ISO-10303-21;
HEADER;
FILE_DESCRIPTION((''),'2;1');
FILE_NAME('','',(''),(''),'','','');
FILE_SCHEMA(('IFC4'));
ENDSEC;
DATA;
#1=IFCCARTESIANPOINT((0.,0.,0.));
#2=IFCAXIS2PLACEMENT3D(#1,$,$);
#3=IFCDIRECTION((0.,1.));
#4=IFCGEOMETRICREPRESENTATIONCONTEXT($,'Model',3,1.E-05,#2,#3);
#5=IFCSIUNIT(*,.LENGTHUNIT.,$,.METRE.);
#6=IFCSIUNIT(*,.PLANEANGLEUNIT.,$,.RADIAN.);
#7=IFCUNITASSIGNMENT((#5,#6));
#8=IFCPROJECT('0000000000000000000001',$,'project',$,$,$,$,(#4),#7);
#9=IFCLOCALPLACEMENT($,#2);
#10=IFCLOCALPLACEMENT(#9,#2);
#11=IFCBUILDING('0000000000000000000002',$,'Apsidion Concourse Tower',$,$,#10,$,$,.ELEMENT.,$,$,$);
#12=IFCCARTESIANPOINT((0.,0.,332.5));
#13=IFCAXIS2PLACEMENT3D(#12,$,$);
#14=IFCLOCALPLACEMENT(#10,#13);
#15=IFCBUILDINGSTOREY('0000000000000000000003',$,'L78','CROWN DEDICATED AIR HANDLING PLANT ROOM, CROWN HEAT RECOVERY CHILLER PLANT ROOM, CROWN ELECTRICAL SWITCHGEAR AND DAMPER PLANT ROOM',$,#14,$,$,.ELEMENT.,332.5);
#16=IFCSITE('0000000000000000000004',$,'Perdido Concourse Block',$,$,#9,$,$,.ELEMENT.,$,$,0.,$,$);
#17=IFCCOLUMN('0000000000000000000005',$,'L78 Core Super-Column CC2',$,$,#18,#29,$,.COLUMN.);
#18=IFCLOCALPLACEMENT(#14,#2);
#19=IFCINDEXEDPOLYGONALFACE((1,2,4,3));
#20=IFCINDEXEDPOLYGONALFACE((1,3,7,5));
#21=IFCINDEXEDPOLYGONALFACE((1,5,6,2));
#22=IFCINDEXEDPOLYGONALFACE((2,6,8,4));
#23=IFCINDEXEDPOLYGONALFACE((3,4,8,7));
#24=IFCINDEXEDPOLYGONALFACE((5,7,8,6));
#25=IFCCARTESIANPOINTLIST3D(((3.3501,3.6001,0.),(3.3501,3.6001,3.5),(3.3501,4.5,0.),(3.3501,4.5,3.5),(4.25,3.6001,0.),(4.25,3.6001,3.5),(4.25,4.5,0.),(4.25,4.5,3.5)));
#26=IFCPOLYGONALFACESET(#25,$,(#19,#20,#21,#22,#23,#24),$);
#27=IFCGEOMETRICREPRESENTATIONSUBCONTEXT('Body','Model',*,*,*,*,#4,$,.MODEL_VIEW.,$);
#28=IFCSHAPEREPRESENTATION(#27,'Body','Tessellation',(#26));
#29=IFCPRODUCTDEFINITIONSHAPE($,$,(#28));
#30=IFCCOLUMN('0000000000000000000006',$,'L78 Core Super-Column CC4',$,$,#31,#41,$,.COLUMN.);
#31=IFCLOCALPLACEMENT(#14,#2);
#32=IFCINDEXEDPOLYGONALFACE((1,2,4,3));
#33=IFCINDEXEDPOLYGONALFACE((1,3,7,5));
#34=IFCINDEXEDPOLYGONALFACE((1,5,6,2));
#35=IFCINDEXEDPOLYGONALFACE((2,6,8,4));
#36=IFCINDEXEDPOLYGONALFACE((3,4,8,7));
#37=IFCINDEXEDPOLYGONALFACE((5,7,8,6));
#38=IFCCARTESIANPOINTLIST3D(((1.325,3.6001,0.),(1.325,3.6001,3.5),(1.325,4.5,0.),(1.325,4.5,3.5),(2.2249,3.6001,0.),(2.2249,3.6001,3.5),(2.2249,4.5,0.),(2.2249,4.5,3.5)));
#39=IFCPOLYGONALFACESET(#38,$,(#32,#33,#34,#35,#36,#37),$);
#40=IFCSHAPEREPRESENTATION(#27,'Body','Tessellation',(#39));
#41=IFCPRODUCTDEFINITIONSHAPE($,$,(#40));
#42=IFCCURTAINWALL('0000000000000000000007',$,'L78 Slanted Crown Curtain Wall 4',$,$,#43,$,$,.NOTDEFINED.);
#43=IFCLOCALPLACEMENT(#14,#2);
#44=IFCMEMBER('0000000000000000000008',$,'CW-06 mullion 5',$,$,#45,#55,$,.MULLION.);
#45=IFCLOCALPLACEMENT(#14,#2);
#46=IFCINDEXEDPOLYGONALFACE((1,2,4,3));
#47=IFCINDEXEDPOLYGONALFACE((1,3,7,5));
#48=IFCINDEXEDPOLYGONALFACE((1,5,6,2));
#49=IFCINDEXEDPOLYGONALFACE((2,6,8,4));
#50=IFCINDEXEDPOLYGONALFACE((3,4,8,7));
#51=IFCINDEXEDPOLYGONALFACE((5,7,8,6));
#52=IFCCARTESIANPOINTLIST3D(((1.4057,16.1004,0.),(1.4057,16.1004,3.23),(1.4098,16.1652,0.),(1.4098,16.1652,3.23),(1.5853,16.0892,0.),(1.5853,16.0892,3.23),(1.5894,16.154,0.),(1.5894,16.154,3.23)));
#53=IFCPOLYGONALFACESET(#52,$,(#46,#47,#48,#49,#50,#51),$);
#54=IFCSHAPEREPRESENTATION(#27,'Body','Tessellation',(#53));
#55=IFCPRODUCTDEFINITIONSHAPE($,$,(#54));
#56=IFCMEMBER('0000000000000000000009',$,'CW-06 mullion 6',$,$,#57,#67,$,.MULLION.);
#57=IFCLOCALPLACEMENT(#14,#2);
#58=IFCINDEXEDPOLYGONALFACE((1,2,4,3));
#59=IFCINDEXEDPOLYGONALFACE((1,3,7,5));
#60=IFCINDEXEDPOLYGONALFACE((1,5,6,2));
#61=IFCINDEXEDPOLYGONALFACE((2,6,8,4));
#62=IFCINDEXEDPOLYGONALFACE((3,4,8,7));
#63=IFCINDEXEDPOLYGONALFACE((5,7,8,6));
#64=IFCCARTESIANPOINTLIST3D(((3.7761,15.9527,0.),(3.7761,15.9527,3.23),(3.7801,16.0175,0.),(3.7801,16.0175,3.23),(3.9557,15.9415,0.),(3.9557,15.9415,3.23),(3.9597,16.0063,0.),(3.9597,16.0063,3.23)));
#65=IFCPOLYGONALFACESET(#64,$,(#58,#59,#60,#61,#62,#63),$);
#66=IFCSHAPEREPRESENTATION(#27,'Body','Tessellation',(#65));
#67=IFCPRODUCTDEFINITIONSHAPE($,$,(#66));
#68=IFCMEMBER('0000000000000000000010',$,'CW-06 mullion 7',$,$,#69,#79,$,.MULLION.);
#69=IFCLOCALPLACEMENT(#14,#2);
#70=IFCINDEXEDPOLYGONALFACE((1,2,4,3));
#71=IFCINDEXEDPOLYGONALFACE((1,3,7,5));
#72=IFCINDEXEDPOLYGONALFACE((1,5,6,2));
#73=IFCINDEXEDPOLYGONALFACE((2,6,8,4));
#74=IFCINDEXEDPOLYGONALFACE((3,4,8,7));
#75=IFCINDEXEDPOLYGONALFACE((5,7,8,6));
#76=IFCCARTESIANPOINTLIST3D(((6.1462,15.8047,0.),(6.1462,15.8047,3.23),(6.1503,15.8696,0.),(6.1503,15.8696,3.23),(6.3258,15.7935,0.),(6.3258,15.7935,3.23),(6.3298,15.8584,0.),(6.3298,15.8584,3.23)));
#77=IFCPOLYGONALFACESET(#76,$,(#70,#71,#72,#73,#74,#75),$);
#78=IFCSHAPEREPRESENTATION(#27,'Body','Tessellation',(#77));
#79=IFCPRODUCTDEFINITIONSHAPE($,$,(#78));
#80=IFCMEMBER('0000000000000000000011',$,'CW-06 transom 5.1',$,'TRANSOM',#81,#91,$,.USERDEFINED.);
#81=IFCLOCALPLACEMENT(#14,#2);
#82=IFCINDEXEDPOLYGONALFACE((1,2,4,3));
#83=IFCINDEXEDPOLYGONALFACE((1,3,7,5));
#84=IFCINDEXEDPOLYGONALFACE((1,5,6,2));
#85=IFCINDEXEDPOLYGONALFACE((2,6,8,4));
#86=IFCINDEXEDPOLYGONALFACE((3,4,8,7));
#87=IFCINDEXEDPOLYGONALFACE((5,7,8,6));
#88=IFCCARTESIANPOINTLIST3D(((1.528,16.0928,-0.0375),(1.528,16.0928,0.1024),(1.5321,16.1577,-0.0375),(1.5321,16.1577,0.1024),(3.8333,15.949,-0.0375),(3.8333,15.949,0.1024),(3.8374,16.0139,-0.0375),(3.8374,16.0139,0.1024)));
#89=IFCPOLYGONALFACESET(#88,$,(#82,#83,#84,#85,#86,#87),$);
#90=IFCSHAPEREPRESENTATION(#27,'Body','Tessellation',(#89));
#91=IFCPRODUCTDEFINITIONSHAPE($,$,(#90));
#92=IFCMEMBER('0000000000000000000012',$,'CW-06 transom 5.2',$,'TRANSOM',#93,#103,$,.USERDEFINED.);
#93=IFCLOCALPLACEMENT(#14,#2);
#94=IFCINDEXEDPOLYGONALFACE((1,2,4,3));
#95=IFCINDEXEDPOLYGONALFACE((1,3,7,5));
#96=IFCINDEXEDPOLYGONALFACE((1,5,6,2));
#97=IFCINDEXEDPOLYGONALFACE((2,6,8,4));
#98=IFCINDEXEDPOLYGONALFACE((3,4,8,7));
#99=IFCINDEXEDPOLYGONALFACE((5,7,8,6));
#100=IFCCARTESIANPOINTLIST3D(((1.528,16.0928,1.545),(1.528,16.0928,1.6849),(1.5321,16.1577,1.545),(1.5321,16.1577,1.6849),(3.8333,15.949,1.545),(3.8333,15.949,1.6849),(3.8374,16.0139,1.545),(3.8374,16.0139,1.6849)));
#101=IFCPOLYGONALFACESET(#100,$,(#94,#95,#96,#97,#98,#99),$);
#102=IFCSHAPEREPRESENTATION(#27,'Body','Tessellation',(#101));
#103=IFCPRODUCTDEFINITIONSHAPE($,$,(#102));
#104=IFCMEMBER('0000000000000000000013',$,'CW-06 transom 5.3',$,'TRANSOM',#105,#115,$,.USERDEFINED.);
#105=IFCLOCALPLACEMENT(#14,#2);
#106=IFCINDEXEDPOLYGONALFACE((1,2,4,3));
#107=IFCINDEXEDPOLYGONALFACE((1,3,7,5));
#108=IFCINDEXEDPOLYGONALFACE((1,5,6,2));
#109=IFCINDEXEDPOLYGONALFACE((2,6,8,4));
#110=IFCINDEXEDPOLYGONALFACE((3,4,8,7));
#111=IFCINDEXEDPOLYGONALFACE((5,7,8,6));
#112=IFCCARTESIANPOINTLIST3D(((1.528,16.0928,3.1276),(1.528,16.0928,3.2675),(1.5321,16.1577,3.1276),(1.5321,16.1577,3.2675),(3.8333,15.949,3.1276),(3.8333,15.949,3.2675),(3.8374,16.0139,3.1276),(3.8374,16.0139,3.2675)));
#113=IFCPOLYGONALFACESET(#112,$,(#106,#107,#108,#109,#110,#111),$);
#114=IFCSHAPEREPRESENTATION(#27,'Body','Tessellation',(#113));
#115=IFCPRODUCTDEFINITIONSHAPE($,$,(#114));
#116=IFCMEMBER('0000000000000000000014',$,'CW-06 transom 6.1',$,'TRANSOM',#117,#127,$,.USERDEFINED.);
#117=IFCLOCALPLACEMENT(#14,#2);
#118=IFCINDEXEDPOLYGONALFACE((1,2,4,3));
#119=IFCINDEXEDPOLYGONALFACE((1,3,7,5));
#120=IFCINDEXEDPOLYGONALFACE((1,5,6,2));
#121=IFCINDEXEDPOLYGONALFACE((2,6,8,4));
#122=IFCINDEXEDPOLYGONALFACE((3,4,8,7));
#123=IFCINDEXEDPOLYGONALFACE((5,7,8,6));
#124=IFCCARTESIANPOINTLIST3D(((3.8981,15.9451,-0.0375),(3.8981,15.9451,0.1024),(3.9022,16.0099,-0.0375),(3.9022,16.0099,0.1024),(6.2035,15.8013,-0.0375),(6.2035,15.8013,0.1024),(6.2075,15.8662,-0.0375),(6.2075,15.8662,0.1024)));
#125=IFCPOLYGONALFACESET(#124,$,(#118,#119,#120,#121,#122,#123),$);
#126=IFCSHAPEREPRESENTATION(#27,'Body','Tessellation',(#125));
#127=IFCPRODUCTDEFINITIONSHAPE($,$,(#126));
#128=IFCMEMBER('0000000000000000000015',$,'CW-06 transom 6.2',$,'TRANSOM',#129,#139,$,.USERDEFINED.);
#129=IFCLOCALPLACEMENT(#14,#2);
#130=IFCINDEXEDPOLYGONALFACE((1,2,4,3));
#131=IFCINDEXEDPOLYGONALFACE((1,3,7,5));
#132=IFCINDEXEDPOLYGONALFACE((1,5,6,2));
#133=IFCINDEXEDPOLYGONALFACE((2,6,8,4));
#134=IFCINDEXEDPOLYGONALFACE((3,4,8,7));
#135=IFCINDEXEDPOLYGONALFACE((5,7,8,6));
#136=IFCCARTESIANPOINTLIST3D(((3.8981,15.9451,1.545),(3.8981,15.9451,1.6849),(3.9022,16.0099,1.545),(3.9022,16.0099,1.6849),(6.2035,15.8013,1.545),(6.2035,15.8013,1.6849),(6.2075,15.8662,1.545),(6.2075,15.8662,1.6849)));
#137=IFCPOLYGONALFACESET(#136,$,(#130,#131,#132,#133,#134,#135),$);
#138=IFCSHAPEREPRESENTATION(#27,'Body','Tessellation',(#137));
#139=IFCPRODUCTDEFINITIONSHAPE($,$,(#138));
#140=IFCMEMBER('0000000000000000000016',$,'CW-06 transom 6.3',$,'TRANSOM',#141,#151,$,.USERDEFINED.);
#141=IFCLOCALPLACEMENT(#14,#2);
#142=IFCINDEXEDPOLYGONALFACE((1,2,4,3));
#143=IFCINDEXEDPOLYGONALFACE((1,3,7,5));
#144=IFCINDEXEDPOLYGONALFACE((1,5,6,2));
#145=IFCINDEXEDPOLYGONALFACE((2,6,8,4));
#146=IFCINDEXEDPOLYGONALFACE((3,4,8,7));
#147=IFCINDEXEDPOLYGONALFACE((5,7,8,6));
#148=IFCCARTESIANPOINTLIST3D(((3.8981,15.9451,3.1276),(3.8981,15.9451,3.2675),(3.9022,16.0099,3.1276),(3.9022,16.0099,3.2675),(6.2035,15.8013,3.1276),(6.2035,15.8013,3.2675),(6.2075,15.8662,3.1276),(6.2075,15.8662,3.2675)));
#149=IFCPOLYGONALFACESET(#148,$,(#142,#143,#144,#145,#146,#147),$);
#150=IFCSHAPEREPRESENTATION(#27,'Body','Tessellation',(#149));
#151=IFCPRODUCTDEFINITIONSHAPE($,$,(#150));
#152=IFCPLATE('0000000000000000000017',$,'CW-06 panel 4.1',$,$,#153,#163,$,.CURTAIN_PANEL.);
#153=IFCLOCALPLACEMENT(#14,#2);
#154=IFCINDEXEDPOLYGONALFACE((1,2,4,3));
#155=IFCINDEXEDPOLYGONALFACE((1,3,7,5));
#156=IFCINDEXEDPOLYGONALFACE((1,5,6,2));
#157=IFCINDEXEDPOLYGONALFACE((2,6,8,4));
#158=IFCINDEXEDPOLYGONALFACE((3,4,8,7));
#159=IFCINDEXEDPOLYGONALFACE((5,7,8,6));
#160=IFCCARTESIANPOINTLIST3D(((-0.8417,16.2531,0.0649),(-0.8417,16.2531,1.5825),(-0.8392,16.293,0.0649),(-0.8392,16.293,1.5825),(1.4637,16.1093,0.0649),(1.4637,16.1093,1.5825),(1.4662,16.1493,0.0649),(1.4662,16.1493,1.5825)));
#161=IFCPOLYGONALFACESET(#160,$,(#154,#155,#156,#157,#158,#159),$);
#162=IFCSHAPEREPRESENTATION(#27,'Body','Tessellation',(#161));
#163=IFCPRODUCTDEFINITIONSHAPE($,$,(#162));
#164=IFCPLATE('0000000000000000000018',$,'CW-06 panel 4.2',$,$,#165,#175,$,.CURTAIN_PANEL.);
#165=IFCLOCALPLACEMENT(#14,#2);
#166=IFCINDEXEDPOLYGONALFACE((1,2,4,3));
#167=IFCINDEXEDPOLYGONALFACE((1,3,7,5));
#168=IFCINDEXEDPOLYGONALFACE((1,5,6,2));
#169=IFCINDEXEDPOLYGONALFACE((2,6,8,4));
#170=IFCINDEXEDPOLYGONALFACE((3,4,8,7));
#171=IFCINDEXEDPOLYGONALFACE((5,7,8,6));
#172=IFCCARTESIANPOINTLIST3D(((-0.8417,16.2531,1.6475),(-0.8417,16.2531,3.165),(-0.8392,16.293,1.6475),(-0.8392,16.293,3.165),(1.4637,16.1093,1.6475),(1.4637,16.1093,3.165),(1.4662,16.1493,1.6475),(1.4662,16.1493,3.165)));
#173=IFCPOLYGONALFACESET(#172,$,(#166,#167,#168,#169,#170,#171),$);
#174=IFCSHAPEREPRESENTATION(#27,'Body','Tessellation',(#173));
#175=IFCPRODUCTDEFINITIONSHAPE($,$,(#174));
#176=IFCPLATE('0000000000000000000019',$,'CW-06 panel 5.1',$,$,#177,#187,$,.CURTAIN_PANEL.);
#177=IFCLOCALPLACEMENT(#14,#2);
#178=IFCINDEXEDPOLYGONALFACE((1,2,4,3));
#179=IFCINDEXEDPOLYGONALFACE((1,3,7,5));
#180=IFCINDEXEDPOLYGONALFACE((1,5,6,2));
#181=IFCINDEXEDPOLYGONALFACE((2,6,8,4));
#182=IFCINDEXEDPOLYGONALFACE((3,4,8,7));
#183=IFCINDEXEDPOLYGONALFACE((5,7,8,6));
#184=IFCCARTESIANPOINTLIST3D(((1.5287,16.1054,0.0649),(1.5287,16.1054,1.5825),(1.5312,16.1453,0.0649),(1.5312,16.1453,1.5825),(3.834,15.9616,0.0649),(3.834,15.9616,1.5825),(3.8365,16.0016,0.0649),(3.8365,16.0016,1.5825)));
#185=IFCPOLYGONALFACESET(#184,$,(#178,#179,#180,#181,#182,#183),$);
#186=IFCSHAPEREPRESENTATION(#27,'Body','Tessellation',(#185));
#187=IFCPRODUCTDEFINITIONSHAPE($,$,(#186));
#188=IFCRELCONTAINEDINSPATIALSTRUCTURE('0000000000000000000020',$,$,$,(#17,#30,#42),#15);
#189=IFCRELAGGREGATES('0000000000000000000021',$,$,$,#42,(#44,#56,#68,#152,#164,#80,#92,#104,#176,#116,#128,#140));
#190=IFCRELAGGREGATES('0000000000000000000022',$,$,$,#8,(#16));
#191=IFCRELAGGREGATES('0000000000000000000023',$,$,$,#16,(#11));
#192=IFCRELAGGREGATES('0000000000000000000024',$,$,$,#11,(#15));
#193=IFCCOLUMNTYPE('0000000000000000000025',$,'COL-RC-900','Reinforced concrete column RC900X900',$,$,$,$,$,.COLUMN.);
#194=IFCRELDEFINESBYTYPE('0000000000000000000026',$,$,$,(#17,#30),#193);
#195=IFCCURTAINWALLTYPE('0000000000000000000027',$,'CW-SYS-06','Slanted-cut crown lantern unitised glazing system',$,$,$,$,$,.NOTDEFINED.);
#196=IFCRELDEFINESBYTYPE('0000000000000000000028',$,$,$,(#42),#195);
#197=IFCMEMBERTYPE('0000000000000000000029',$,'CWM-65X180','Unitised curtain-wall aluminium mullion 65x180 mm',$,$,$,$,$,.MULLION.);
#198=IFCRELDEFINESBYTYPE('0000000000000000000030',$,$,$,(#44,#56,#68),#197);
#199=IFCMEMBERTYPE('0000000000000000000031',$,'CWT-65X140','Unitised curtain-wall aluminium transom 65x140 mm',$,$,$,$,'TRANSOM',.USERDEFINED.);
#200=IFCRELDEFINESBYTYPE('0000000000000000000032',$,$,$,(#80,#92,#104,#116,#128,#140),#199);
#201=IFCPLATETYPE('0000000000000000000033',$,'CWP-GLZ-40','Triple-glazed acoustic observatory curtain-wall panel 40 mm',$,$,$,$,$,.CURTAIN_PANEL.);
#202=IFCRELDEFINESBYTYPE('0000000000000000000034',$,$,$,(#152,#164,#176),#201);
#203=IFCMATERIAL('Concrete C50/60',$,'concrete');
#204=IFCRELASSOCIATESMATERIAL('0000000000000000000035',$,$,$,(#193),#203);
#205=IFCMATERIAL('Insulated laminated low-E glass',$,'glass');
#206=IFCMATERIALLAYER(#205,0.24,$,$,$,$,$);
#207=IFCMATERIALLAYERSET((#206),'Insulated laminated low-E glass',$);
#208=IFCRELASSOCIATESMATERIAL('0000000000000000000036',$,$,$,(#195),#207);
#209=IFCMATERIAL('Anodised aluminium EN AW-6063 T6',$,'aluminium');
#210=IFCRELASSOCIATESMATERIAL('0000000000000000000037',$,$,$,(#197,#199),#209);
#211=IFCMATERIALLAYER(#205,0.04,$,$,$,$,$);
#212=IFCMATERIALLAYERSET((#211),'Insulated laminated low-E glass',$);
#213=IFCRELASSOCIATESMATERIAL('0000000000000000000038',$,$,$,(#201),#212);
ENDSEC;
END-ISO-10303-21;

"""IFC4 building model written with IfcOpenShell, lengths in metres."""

from ifc_helpers import new_model, si_unit, direction, frame, origin, origin_2d, place, context, subcontext, project, spatial, rectangle, extrude, material, layer, layer_set, material_profile, profile_set, type_object, element, aggregate, save


model = new_model("IFC4")

# Units and contexts
model_context = context("Model", 3, precision=1e-05, world=origin(), true_north=direction((0.0, 1.0)))
body_context = subcontext(model_context, "Body", "Model", "MODEL_VIEW")
ifc_project = project(units=[si_unit("LENGTHUNIT", "METRE"), si_unit("PLANEANGLEUNIT", "RADIAN")], contexts=[model_context])

# Site, building, storey
site_placement = place(None, origin())
site = spatial("IfcSite", under=ifc_project, at=site_placement, Name="Perdido Concourse Block", CompositionType="ELEMENT", RefElevation=0.0)
building_placement = place(site_placement, origin())
building = spatial("IfcBuilding", under=site, at=building_placement, Name="Apsidion Concourse Tower", CompositionType="ELEMENT")
storey_placement = place(building_placement, frame((0.0, 0.0, 332.5)))
storey = spatial("IfcBuildingStorey", under=building, at=storey_placement, Name="L78", Description="CROWN DEDICATED AIR HANDLING PLANT ROOM, CROWN HEAT RECOVERY CHILLER PLANT ROOM, CROWN ELECTRICAL SWITCHGEAR AND DAMPER PLANT ROOM", CompositionType="ELEMENT", Elevation=332.5)

# Columns
ifc_material_1 = material(Name="Concrete C50/60", Category="concrete")
ifc_material_profile_1 = material_profile(ifc_material_1, rectangle(XDim=0.8999, YDim=0.8999, at=origin_2d()), Name="RC 900x900")
ifc_profile_set_1 = profile_set([ifc_material_profile_1], Name="Concrete C50/60")
column_type = type_object("IfcColumnType", Name="COL-RC-900", Description="Reinforced concrete column RC900X900", PredefinedType="COLUMN", material=ifc_profile_set_1)
for number, where, z_axis, x_axis, name in (
    (1, (3.8, 4.05, 0.0), (0.0, 0.0, 1.0), (1.0, 0.0, 0.0), "L78 Core Super-Column CC2"),
    (2, (1.7749, 4.05, 0.0), (0.0, 0.0, 1.0), (1.0, 0.0, 0.0), "L78 Core Super-Column CC4"),
):
    element("IfcColumn", number, at=place(storey_placement, frame(where, z_axis=z_axis, x_axis=x_axis)), inside=storey, type_object=column_type, Name=name, PredefinedType="COLUMN", context=body_context, shape_type="SweptSolid", body=[
        extrude(rectangle(XDim=0.8999, YDim=0.8999, at=origin_2d()), origin(), (0.0, 0.0, 1.0), 3.5),
    ])

# Curtain wall, members, plates
ifc_material_2 = material(Name="Insulated laminated low-E glass", Category="glass")
ifc_layer_1 = layer(ifc_material_2, 0.24)
ifc_layer_set_1 = layer_set([ifc_layer_1], Name="Insulated laminated low-E glass")
curtain_wall_type = type_object("IfcCurtainWallType", Name="CW-SYS-06", Description="Slanted-cut crown lantern unitised glazing system", PredefinedType="NOTDEFINED", material=ifc_layer_set_1)
curtain_wall_placement = place(storey_placement, origin())
curtain_wall = element("IfcCurtainWall", 3, at=curtain_wall_placement, inside=storey, type_object=curtain_wall_type, Name="L78 Slanted Crown Curtain Wall 4", PredefinedType="NOTDEFINED")
ifc_material_3 = material(Name="Anodised aluminium EN AW-6063 T6", Category="aluminium")
ifc_material_profile_2 = material_profile(ifc_material_3, rectangle(XDim=0.0649, YDim=0.1799, at=origin_2d()), Name="ALU MULLION 65x180")
ifc_profile_set_2 = profile_set([ifc_material_profile_2], Name="Anodised aluminium EN AW-6063 T6")
member_type_1 = type_object("IfcMemberType", Name="CWM-65X180", Description="Unitised curtain-wall aluminium mullion 65x180 mm", PredefinedType="MULLION", material=ifc_profile_set_2)
member_1_placement = place(storey_placement, frame((1.4976, 16.1272, 0.0), z_axis=(0.0, 0.0, 1.0), x_axis=(0.062245, 0.998061, 0.0)))
member_1 = element("IfcMember", 4, at=member_1_placement, type_object=member_type_1, Name="CW-06 mullion 5", PredefinedType="MULLION", context=body_context, shape_type="SweptSolid", body=[
    extrude(rectangle(XDim=0.0649, YDim=0.1799, at=origin_2d()), origin(), (0.0, 0.0, 1.0), 3.23),
])
member_2_placement = place(storey_placement, frame((3.8679, 15.9795, 0.0), z_axis=(0.0, 0.0, 1.0), x_axis=(0.062245, 0.998061, 0.0)))
member_2 = element("IfcMember", 5, at=member_2_placement, type_object=member_type_1, Name="CW-06 mullion 6", PredefinedType="MULLION", context=body_context, shape_type="SweptSolid", body=[
    extrude(rectangle(XDim=0.0649, YDim=0.1799, at=origin_2d()), origin(), (0.0, 0.0, 1.0), 3.23),
])
member_3_placement = place(storey_placement, frame((6.238, 15.8315, 0.0), z_axis=(0.0, 0.0, 1.0), x_axis=(0.062245, 0.998061, 0.0)))
member_3 = element("IfcMember", 6, at=member_3_placement, type_object=member_type_1, Name="CW-06 mullion 7", PredefinedType="MULLION", context=body_context, shape_type="SweptSolid", body=[
    extrude(rectangle(XDim=0.0649, YDim=0.1799, at=origin_2d()), origin(), (0.0, 0.0, 1.0), 3.23),
])
ifc_material_profile_3 = material_profile(ifc_material_3, rectangle(XDim=0.0649, YDim=0.1399, at=origin_2d()), Name="ALU TRANSOM 65x140")
ifc_profile_set_3 = profile_set([ifc_material_profile_3], Name="Anodised aluminium EN AW-6063 T6")
member_type_2 = type_object("IfcMemberType", Name="CWT-65X140", Description="Unitised curtain-wall aluminium transom 65x140 mm", ElementType="TRANSOM", PredefinedType="USERDEFINED", material=ifc_profile_set_3)
member_4_placement = place(storey_placement, frame((1.53, 16.1252, 0.0325), z_axis=(0.99806, -0.062253, 0.0), x_axis=(0.062253, 0.99806, 0.0)))
member_4 = element("IfcMember", 7, at=member_4_placement, type_object=member_type_2, Name="CW-06 transom 5.1", ObjectType="TRANSOM", PredefinedType="USERDEFINED", context=body_context, shape_type="SweptSolid", body=[
    extrude(rectangle(XDim=0.0649, YDim=0.1399, at=origin_2d()), origin(), (0.0, 0.0, 1.0), 2.3098),
])
member_5_placement = place(storey_placement, frame((1.53, 16.1252, 1.615), z_axis=(0.99806, -0.062253, 0.0), x_axis=(0.062253, 0.99806, 0.0)))
member_5 = element("IfcMember", 8, at=member_5_placement, type_object=member_type_2, Name="CW-06 transom 5.2", ObjectType="TRANSOM", PredefinedType="USERDEFINED", context=body_context, shape_type="SweptSolid", body=[
    extrude(rectangle(XDim=0.0649, YDim=0.1399, at=origin_2d()), origin(), (0.0, 0.0, 1.0), 2.3098),
])
member_6_placement = place(storey_placement, frame((1.53, 16.1252, 3.1975), z_axis=(0.99806, -0.062253, 0.0), x_axis=(0.062253, 0.99806, 0.0)))
member_6 = element("IfcMember", 9, at=member_6_placement, type_object=member_type_2, Name="CW-06 transom 5.3", ObjectType="TRANSOM", PredefinedType="USERDEFINED", context=body_context, shape_type="SweptSolid", body=[
    extrude(rectangle(XDim=0.0649, YDim=0.1399, at=origin_2d()), origin(), (0.0, 0.0, 1.0), 2.3098),
])
member_7_placement = place(storey_placement, frame((3.9001, 15.9775, 0.0325), z_axis=(0.99806, -0.062253, 0.0), x_axis=(0.062253, 0.99806, 0.0)))
member_7 = element("IfcMember", 10, at=member_7_placement, type_object=member_type_2, Name="CW-06 transom 6.1", ObjectType="TRANSOM", PredefinedType="USERDEFINED", context=body_context, shape_type="SweptSolid", body=[
    extrude(rectangle(XDim=0.0649, YDim=0.1399, at=origin_2d()), origin(), (0.0, 0.0, 1.0), 2.3098),
])
member_8_placement = place(storey_placement, frame((3.9001, 15.9775, 1.615), z_axis=(0.99806, -0.062253, 0.0), x_axis=(0.062253, 0.99806, 0.0)))
member_8 = element("IfcMember", 11, at=member_8_placement, type_object=member_type_2, Name="CW-06 transom 6.2", ObjectType="TRANSOM", PredefinedType="USERDEFINED", context=body_context, shape_type="SweptSolid", body=[
    extrude(rectangle(XDim=0.0649, YDim=0.1399, at=origin_2d()), origin(), (0.0, 0.0, 1.0), 2.3098),
])
member_9_placement = place(storey_placement, frame((3.9001, 15.9775, 3.1975), z_axis=(0.99806, -0.062253, 0.0), x_axis=(0.062253, 0.99806, 0.0)))
member_9 = element("IfcMember", 12, at=member_9_placement, type_object=member_type_2, Name="CW-06 transom 6.3", ObjectType="TRANSOM", PredefinedType="USERDEFINED", context=body_context, shape_type="SweptSolid", body=[
    extrude(rectangle(XDim=0.0649, YDim=0.1399, at=origin_2d()), origin(), (0.0, 0.0, 1.0), 2.3098),
])
ifc_layer_2 = layer(ifc_material_2, 0.04)
ifc_layer_set_2 = layer_set([ifc_layer_2], Name="Insulated laminated low-E glass")
plate_type = type_object("IfcPlateType", Name="CWP-GLZ-40", Description="Triple-glazed acoustic observatory curtain-wall panel 40 mm", PredefinedType="CURTAIN_PANEL", material=ifc_layer_set_2)
plate_1_placement = place(storey_placement, frame((0.3123, 16.2012, 0.0649), z_axis=(0.0, 0.0, 1.0), x_axis=(0.998061, -0.062245, 0.0)))
plate_1 = element("IfcPlate", 13, at=plate_1_placement, type_object=plate_type, Name="CW-06 panel 4.1", PredefinedType="CURTAIN_PANEL", context=body_context, shape_type="SweptSolid", body=[
    extrude(rectangle(XDim=2.3098, YDim=0.04, at=origin_2d()), origin(), (0.0, 0.0, 1.0), 1.5176),
])
plate_2_placement = place(storey_placement, frame((0.3123, 16.2012, 1.6475), z_axis=(0.0, 0.0, 1.0), x_axis=(0.998061, -0.062245, 0.0)))
plate_2 = element("IfcPlate", 14, at=plate_2_placement, type_object=plate_type, Name="CW-06 panel 4.2", PredefinedType="CURTAIN_PANEL", context=body_context, shape_type="SweptSolid", body=[
    extrude(rectangle(XDim=2.3098, YDim=0.04, at=origin_2d()), origin(), (0.0, 0.0, 1.0), 1.5176),
])
plate_3_placement = place(storey_placement, frame((2.6826, 16.0535, 0.0649), z_axis=(0.0, 0.0, 1.0), x_axis=(0.998061, -0.062245, 0.0)))
plate_3 = element("IfcPlate", 15, at=plate_3_placement, type_object=plate_type, Name="CW-06 panel 5.1", PredefinedType="CURTAIN_PANEL", context=body_context, shape_type="SweptSolid", body=[
    extrude(rectangle(XDim=2.3098, YDim=0.04, at=origin_2d()), origin(), (0.0, 0.0, 1.0), 1.5176),
])
aggregate(curtain_wall, [member_1, member_2, member_3, plate_1, plate_2, member_4, member_5, member_6, plate_3, member_7, member_8, member_9])

save(model, "model.ifc")
